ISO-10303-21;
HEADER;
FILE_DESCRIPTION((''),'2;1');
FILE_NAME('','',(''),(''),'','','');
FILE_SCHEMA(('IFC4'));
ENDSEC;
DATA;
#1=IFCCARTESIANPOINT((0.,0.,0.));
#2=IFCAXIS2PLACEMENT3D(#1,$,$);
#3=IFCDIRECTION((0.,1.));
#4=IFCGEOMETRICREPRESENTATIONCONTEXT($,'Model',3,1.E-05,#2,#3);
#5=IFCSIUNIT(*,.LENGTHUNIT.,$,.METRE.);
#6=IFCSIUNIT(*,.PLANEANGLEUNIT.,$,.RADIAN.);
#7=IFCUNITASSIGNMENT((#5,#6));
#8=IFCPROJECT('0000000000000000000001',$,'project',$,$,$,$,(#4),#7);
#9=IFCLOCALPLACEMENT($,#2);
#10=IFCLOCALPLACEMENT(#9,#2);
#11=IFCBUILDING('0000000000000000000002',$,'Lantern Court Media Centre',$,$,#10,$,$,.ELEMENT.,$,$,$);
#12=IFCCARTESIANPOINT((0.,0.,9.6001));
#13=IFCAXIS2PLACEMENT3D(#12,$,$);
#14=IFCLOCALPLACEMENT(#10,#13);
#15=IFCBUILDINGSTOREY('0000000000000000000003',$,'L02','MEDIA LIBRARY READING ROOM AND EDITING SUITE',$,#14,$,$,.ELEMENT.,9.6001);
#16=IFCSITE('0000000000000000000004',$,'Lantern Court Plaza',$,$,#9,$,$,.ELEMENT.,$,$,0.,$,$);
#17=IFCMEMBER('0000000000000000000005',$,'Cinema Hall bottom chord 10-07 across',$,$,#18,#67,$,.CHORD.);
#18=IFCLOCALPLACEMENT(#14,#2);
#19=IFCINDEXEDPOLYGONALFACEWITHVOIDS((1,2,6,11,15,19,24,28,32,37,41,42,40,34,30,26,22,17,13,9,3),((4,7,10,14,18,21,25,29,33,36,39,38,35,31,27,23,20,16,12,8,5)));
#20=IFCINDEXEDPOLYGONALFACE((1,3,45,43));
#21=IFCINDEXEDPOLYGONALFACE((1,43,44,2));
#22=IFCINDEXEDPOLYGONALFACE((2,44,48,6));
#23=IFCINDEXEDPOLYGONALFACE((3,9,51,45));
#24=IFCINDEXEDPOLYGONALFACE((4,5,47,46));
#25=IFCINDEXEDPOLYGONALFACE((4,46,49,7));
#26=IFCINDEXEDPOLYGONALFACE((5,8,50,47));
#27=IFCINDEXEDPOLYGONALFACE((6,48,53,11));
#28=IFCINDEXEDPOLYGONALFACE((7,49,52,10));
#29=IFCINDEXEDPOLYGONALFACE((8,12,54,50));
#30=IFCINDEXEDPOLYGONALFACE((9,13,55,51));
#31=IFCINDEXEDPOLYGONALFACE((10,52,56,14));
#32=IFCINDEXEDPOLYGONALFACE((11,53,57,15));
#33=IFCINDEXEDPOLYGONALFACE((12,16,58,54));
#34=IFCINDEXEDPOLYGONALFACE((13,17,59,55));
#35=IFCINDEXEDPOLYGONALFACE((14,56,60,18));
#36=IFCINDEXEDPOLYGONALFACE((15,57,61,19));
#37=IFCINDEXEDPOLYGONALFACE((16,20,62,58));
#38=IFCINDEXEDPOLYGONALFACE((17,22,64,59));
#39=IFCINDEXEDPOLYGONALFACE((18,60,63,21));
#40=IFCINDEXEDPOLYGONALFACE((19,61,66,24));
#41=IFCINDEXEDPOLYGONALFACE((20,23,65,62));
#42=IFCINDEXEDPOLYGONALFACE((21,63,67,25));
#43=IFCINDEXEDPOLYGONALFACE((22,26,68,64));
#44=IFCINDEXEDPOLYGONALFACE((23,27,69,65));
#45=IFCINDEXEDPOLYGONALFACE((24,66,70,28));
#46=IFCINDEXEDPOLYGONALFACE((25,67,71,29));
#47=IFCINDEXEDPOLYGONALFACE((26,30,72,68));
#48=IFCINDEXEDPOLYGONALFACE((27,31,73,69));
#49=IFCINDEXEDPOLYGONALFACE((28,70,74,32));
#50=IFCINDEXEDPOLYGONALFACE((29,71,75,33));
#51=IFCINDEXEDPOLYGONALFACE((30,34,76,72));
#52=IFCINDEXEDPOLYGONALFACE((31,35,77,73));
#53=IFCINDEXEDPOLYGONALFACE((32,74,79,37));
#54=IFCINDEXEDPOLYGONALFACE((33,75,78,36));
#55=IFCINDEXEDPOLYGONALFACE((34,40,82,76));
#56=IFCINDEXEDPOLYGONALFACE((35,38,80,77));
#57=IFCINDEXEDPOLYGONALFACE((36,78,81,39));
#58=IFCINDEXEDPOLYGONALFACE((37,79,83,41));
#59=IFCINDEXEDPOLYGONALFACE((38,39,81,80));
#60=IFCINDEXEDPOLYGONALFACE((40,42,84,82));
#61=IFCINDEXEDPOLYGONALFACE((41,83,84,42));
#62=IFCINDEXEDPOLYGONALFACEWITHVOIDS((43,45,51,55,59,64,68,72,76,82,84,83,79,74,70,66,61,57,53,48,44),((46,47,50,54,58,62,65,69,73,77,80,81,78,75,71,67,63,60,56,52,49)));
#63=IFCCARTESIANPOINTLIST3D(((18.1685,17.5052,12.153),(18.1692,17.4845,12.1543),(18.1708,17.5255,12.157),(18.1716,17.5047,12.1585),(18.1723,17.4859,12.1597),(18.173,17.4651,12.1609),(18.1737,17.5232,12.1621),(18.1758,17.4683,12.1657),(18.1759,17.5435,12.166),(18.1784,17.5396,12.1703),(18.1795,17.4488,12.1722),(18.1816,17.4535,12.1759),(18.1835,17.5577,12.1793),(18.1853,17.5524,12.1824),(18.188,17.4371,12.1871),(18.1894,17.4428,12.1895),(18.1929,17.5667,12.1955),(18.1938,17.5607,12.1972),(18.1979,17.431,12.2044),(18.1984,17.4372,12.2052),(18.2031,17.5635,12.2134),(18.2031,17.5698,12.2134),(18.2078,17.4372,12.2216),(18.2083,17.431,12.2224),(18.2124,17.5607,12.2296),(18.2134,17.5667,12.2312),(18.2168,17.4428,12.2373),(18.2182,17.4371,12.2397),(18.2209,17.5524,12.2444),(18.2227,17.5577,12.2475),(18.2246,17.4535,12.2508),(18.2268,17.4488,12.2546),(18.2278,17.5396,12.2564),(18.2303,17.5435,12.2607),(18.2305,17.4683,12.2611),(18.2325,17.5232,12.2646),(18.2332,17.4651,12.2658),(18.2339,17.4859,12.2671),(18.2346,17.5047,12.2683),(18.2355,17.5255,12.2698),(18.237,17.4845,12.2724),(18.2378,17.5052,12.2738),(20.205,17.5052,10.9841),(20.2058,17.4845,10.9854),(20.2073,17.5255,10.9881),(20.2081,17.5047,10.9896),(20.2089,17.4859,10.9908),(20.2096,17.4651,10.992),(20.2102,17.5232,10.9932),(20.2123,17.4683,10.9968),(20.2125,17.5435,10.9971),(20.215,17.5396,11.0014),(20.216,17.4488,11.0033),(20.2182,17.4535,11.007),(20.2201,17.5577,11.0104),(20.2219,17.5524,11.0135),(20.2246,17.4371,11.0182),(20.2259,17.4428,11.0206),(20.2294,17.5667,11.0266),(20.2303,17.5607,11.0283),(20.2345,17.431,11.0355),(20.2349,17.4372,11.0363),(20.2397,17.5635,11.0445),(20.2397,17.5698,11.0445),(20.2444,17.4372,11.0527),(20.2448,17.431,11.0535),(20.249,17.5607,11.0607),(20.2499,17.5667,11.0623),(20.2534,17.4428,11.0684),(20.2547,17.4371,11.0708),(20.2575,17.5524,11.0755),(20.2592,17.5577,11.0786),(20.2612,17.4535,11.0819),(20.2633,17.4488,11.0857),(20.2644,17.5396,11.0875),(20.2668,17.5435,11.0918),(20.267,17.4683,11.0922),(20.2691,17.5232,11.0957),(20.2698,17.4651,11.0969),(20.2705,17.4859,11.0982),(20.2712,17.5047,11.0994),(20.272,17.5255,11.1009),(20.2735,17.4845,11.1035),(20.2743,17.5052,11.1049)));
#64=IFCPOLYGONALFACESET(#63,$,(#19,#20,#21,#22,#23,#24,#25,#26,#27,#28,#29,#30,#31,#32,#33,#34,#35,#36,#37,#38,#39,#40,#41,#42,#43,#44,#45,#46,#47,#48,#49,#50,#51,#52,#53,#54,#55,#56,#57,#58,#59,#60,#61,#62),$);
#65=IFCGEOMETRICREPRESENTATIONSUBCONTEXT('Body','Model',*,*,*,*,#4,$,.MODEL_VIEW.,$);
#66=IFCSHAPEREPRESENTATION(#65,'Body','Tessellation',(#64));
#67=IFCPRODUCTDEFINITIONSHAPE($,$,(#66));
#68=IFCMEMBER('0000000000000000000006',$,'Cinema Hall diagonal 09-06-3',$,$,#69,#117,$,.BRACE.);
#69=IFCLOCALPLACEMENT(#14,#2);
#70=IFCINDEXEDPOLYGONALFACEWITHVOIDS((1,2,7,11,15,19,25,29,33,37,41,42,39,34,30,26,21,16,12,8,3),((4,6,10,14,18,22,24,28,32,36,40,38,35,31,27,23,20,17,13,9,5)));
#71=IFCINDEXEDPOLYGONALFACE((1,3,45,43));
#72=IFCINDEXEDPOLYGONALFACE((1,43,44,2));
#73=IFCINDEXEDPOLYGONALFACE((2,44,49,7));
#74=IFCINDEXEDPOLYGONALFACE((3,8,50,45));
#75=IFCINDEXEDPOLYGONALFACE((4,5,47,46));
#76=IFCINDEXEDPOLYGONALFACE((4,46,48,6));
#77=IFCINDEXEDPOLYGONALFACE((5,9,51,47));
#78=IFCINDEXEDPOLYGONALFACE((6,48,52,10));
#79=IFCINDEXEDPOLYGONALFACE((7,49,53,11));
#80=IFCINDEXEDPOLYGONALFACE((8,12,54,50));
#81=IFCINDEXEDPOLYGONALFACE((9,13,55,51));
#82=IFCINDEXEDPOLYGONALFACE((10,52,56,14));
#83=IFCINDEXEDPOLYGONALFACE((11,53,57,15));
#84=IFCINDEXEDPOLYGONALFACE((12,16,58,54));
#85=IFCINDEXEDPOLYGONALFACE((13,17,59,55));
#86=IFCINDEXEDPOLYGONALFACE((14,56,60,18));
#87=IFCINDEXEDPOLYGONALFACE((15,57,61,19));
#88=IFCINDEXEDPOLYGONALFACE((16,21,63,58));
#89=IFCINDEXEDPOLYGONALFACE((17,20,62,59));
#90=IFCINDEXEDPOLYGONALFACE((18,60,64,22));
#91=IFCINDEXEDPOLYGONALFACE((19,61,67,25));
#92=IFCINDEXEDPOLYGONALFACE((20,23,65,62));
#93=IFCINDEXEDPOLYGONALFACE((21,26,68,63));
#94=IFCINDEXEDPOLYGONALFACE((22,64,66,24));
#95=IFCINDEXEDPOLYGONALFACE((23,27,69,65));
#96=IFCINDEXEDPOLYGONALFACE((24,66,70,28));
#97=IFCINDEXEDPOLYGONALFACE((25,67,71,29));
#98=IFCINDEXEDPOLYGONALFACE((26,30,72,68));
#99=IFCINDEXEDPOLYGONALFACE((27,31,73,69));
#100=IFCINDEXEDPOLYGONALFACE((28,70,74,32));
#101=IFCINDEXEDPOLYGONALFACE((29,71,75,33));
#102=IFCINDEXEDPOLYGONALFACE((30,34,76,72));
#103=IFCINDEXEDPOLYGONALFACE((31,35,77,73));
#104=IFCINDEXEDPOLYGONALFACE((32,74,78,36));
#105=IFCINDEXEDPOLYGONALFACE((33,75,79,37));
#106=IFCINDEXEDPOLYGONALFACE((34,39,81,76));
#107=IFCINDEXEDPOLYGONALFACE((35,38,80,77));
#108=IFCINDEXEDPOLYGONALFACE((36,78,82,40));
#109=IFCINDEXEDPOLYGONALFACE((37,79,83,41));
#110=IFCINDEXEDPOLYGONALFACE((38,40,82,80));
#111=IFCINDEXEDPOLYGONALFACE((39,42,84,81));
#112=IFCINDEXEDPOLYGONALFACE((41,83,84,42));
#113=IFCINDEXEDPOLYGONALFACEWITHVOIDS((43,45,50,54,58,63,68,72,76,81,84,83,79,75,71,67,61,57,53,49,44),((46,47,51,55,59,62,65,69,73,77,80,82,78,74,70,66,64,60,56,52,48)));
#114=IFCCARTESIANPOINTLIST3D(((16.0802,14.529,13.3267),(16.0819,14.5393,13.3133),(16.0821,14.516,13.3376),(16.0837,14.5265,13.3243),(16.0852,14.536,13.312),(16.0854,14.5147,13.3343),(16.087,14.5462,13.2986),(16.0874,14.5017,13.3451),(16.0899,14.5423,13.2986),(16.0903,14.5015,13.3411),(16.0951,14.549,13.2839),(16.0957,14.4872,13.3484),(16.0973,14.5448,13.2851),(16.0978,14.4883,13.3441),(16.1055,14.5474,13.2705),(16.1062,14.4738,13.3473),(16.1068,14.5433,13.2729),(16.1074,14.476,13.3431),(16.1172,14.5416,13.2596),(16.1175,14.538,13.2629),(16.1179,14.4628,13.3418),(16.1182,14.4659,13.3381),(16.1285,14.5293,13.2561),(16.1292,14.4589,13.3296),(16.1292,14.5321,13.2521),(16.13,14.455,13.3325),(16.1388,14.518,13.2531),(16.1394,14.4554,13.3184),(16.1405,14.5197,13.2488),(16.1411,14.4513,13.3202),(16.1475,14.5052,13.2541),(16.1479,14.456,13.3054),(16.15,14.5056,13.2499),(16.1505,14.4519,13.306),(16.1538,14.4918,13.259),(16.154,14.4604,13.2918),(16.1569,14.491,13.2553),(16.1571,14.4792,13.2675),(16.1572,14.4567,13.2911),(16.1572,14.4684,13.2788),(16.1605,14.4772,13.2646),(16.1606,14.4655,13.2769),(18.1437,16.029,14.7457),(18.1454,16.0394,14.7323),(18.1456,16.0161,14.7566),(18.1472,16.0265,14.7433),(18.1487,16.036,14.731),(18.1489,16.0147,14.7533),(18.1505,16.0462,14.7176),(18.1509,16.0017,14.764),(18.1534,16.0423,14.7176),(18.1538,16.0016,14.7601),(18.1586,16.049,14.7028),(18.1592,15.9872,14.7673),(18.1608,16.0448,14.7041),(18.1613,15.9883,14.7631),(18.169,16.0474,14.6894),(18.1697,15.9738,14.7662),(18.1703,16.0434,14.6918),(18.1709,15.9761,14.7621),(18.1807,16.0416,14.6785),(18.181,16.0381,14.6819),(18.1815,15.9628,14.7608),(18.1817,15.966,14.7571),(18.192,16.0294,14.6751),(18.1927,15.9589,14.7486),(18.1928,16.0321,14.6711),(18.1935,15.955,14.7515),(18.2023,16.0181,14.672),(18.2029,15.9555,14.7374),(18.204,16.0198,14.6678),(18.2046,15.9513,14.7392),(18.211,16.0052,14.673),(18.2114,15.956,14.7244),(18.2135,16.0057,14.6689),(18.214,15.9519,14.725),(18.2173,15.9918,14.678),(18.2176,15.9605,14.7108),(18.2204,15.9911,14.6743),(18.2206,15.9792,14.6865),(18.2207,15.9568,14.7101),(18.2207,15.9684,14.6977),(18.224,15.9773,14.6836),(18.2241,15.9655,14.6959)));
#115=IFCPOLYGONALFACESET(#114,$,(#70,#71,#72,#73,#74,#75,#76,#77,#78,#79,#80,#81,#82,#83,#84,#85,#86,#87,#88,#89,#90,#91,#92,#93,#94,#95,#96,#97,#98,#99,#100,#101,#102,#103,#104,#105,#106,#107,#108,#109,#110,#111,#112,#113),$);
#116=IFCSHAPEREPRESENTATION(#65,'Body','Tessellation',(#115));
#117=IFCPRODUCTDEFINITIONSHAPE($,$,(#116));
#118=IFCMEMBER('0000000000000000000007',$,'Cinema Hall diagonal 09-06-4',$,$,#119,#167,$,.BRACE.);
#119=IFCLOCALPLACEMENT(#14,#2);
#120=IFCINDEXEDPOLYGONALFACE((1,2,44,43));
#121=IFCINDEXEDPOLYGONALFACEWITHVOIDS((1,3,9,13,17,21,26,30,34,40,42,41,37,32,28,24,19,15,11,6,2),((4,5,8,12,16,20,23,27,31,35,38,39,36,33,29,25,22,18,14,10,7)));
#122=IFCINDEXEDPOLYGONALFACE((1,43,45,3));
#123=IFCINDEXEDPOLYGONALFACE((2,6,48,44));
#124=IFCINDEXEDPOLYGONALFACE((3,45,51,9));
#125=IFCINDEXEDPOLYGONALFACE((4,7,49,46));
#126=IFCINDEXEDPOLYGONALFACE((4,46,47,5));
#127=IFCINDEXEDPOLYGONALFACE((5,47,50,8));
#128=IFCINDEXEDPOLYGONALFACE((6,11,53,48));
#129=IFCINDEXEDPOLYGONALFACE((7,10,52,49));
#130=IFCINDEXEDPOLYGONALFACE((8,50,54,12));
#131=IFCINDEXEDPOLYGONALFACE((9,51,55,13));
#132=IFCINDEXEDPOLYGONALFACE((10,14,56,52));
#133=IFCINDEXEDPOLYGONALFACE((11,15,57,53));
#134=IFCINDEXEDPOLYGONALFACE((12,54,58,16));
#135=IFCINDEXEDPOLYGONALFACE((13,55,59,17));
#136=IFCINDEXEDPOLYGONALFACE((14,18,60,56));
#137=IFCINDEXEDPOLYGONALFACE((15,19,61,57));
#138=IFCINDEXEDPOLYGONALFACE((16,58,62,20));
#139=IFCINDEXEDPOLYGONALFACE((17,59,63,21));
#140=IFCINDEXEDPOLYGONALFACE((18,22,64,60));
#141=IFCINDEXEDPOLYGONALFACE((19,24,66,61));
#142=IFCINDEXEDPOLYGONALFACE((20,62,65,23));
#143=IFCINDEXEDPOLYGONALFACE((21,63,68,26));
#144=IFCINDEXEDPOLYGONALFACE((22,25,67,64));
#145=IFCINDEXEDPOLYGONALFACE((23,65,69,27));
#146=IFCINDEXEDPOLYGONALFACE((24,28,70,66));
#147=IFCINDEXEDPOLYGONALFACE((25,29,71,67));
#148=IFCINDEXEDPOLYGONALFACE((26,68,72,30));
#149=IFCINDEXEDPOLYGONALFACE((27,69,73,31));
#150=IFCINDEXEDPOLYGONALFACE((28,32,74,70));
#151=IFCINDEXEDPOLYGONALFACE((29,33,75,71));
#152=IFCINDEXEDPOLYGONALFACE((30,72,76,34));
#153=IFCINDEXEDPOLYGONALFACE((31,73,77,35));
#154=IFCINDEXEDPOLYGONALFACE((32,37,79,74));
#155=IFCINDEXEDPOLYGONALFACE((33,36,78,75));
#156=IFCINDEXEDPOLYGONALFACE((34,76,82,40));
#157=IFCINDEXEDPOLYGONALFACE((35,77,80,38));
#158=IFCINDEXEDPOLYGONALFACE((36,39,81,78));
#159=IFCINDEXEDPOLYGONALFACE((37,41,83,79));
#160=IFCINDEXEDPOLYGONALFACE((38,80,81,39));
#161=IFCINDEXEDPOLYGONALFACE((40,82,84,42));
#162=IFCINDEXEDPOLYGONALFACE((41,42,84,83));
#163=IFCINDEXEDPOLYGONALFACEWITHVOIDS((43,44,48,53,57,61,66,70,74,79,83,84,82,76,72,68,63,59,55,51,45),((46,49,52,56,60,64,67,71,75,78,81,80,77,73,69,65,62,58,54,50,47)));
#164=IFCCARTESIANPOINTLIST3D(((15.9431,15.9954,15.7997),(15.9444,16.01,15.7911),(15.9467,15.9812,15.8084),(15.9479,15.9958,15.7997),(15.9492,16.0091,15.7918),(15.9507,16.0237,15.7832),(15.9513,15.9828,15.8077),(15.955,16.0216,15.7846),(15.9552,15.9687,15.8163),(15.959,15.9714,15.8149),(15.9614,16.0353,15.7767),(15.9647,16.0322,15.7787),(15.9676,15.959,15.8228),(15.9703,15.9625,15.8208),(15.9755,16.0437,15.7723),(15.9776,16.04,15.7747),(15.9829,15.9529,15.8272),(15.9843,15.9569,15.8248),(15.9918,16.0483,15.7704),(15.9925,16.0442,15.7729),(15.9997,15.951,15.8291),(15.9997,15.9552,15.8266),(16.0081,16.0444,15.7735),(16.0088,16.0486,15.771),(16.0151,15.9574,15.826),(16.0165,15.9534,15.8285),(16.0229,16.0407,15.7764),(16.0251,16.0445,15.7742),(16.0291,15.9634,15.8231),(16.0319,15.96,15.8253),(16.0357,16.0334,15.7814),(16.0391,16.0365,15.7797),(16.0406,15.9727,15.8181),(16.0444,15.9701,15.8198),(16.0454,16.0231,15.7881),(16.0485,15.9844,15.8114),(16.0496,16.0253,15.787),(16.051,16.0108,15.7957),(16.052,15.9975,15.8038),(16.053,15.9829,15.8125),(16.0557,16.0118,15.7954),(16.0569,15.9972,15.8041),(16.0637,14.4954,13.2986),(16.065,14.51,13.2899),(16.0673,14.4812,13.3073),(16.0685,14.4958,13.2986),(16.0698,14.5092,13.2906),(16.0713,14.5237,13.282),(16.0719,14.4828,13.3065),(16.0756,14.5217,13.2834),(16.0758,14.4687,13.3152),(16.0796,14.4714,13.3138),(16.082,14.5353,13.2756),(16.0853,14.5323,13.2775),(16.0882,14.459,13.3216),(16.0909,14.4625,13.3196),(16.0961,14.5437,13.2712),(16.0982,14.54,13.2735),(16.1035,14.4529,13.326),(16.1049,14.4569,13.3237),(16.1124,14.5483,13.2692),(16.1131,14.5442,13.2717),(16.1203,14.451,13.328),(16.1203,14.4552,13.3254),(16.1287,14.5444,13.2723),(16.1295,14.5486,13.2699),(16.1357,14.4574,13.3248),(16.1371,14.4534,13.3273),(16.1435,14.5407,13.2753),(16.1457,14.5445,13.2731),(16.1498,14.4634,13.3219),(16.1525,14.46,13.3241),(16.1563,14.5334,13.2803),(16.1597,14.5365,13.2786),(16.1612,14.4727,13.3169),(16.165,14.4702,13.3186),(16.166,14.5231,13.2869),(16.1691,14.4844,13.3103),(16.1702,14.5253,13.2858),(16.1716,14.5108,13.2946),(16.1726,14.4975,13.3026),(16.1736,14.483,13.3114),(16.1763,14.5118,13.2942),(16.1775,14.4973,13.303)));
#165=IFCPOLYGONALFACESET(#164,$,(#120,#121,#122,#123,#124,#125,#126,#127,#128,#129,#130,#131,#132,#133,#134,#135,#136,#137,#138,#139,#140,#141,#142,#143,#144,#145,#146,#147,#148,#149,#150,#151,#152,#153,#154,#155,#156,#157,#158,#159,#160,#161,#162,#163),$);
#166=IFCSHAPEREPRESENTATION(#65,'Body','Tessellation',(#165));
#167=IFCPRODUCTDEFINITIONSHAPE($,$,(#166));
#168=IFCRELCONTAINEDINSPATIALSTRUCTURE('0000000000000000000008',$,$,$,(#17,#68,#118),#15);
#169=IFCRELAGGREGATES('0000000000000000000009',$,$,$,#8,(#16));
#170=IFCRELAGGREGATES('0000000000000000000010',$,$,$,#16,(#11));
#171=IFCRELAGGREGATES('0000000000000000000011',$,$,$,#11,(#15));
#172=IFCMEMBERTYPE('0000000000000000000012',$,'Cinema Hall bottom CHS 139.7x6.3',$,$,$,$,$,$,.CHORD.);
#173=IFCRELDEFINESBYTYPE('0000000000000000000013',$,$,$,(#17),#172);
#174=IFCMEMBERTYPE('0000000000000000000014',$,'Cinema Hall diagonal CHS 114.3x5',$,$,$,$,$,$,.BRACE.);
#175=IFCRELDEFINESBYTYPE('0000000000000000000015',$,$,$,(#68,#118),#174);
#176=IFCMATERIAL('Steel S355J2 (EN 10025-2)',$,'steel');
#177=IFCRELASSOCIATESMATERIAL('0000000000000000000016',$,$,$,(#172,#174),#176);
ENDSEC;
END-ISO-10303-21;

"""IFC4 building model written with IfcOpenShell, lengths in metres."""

from ifc_helpers import new_model, si_unit, direction, frame, origin, origin_2d, place, context, subcontext, project, spatial, hollow_circle, extrude, material, material_profile, profile_set, type_object, element, save


model = new_model("IFC4")

# Units and contexts
model_context = context("Model", 3, precision=1e-05, world=origin(), true_north=direction((0.0, 1.0)))
body_context = subcontext(model_context, "Body", "Model", "MODEL_VIEW")
ifc_project = project(units=[si_unit("LENGTHUNIT", "METRE"), si_unit("PLANEANGLEUNIT", "RADIAN")], contexts=[model_context])

# Site, building, storey
site_placement = place(None, origin())
site = spatial("IfcSite", under=ifc_project, at=site_placement, Name="Lantern Court Plaza", CompositionType="ELEMENT", RefElevation=0.0)
building_placement = place(site_placement, origin())
building = spatial("IfcBuilding", under=site, at=building_placement, Name="Lantern Court Media Centre", CompositionType="ELEMENT")
storey_placement = place(building_placement, frame((0.0, 0.0, 9.6001)))
storey = spatial("IfcBuildingStorey", under=building, at=storey_placement, Name="L02", Description="MEDIA LIBRARY READING ROOM AND EDITING SUITE", CompositionType="ELEMENT", Elevation=9.6001)

# Members
ifc_material = material(Name="Steel S355J2 (EN 10025-2)", Category="steel")
ifc_material_profile_1 = material_profile(ifc_material, hollow_circle(Radius=0.0698, WallThickness=0.0063, at=origin_2d()), Name="Cinema Hall bottom CHS 139.7x6.3")
ifc_profile_set_1 = profile_set([ifc_material_profile_1], Name="Steel S355J2 (EN 10025-2)")
member_type_1 = type_object("IfcMemberType", Name="Cinema Hall bottom CHS 139.7x6.3", PredefinedType="CHORD", material=ifc_profile_set_1)
member_1_placement = place(storey_placement, frame((18.2031, 17.5, 12.2134), z_axis=(0.867295, 0.0, -0.497795), x_axis=(0.0, 1.0, 0.0)))
element("IfcMember", 1, at=member_1_placement, inside=storey, type_object=member_type_1, Name="Cinema Hall bottom chord 10-07 across", PredefinedType="CHORD", context=body_context, shape_type="SweptSolid", body=[
    extrude(hollow_circle(Radius=0.0698, WallThickness=0.0063, at=origin_2d()), origin(), (0.0, 0.0, 1.0), 2.3481),
])
ifc_material_profile_2 = material_profile(ifc_material, hollow_circle(Radius=0.0571, WallThickness=0.0049, at=origin_2d()), Name="Cinema Hall diagonal CHS 114.3x5")
ifc_profile_set_2 = profile_set([ifc_material_profile_2], Name="Steel S355J2 (EN 10025-2)")
member_type_2 = type_object("IfcMemberType", Name="Cinema Hall diagonal CHS 114.3x5", PredefinedType="BRACE", material=ifc_profile_set_2)
member_2_placement = place(storey_placement, frame((16.1206, 14.5, 13.2986), z_axis=(0.70688, 0.513851, 0.486084), x_axis=(-0.58799, 0.808868, 0.0)))
element("IfcMember", 2, at=member_2_placement, inside=storey, type_object=member_type_2, Name="Cinema Hall diagonal 09-06-3", PredefinedType="BRACE", context=body_context, shape_type="SweptSolid", body=[
    extrude(hollow_circle(Radius=0.0571, WallThickness=0.0049, at=origin_2d()), origin(), (0.0, 0.0, 1.0), 2.9192),
])
for number, where, z_axis, x_axis, name in (
    (3, (16.1206, 14.5, 13.2986), (-0.041317, 0.513872, 0.856871), (-0.996783, -0.080145, 0.0), "Cinema Hall diagonal 09-06-4"),
):
    element("IfcMember", number, at=place(storey_placement, frame(where, z_axis=z_axis, x_axis=x_axis)), inside=storey, type_object=member_type_2, Name=name, PredefinedType="BRACE", context=body_context, shape_type="SweptSolid", body=[
        extrude(hollow_circle(Radius=0.0571, WallThickness=0.0049, at=origin_2d()), origin(), (0.0, 0.0, 1.0), 2.9189),
    ])

save(model, "model.ifc")
